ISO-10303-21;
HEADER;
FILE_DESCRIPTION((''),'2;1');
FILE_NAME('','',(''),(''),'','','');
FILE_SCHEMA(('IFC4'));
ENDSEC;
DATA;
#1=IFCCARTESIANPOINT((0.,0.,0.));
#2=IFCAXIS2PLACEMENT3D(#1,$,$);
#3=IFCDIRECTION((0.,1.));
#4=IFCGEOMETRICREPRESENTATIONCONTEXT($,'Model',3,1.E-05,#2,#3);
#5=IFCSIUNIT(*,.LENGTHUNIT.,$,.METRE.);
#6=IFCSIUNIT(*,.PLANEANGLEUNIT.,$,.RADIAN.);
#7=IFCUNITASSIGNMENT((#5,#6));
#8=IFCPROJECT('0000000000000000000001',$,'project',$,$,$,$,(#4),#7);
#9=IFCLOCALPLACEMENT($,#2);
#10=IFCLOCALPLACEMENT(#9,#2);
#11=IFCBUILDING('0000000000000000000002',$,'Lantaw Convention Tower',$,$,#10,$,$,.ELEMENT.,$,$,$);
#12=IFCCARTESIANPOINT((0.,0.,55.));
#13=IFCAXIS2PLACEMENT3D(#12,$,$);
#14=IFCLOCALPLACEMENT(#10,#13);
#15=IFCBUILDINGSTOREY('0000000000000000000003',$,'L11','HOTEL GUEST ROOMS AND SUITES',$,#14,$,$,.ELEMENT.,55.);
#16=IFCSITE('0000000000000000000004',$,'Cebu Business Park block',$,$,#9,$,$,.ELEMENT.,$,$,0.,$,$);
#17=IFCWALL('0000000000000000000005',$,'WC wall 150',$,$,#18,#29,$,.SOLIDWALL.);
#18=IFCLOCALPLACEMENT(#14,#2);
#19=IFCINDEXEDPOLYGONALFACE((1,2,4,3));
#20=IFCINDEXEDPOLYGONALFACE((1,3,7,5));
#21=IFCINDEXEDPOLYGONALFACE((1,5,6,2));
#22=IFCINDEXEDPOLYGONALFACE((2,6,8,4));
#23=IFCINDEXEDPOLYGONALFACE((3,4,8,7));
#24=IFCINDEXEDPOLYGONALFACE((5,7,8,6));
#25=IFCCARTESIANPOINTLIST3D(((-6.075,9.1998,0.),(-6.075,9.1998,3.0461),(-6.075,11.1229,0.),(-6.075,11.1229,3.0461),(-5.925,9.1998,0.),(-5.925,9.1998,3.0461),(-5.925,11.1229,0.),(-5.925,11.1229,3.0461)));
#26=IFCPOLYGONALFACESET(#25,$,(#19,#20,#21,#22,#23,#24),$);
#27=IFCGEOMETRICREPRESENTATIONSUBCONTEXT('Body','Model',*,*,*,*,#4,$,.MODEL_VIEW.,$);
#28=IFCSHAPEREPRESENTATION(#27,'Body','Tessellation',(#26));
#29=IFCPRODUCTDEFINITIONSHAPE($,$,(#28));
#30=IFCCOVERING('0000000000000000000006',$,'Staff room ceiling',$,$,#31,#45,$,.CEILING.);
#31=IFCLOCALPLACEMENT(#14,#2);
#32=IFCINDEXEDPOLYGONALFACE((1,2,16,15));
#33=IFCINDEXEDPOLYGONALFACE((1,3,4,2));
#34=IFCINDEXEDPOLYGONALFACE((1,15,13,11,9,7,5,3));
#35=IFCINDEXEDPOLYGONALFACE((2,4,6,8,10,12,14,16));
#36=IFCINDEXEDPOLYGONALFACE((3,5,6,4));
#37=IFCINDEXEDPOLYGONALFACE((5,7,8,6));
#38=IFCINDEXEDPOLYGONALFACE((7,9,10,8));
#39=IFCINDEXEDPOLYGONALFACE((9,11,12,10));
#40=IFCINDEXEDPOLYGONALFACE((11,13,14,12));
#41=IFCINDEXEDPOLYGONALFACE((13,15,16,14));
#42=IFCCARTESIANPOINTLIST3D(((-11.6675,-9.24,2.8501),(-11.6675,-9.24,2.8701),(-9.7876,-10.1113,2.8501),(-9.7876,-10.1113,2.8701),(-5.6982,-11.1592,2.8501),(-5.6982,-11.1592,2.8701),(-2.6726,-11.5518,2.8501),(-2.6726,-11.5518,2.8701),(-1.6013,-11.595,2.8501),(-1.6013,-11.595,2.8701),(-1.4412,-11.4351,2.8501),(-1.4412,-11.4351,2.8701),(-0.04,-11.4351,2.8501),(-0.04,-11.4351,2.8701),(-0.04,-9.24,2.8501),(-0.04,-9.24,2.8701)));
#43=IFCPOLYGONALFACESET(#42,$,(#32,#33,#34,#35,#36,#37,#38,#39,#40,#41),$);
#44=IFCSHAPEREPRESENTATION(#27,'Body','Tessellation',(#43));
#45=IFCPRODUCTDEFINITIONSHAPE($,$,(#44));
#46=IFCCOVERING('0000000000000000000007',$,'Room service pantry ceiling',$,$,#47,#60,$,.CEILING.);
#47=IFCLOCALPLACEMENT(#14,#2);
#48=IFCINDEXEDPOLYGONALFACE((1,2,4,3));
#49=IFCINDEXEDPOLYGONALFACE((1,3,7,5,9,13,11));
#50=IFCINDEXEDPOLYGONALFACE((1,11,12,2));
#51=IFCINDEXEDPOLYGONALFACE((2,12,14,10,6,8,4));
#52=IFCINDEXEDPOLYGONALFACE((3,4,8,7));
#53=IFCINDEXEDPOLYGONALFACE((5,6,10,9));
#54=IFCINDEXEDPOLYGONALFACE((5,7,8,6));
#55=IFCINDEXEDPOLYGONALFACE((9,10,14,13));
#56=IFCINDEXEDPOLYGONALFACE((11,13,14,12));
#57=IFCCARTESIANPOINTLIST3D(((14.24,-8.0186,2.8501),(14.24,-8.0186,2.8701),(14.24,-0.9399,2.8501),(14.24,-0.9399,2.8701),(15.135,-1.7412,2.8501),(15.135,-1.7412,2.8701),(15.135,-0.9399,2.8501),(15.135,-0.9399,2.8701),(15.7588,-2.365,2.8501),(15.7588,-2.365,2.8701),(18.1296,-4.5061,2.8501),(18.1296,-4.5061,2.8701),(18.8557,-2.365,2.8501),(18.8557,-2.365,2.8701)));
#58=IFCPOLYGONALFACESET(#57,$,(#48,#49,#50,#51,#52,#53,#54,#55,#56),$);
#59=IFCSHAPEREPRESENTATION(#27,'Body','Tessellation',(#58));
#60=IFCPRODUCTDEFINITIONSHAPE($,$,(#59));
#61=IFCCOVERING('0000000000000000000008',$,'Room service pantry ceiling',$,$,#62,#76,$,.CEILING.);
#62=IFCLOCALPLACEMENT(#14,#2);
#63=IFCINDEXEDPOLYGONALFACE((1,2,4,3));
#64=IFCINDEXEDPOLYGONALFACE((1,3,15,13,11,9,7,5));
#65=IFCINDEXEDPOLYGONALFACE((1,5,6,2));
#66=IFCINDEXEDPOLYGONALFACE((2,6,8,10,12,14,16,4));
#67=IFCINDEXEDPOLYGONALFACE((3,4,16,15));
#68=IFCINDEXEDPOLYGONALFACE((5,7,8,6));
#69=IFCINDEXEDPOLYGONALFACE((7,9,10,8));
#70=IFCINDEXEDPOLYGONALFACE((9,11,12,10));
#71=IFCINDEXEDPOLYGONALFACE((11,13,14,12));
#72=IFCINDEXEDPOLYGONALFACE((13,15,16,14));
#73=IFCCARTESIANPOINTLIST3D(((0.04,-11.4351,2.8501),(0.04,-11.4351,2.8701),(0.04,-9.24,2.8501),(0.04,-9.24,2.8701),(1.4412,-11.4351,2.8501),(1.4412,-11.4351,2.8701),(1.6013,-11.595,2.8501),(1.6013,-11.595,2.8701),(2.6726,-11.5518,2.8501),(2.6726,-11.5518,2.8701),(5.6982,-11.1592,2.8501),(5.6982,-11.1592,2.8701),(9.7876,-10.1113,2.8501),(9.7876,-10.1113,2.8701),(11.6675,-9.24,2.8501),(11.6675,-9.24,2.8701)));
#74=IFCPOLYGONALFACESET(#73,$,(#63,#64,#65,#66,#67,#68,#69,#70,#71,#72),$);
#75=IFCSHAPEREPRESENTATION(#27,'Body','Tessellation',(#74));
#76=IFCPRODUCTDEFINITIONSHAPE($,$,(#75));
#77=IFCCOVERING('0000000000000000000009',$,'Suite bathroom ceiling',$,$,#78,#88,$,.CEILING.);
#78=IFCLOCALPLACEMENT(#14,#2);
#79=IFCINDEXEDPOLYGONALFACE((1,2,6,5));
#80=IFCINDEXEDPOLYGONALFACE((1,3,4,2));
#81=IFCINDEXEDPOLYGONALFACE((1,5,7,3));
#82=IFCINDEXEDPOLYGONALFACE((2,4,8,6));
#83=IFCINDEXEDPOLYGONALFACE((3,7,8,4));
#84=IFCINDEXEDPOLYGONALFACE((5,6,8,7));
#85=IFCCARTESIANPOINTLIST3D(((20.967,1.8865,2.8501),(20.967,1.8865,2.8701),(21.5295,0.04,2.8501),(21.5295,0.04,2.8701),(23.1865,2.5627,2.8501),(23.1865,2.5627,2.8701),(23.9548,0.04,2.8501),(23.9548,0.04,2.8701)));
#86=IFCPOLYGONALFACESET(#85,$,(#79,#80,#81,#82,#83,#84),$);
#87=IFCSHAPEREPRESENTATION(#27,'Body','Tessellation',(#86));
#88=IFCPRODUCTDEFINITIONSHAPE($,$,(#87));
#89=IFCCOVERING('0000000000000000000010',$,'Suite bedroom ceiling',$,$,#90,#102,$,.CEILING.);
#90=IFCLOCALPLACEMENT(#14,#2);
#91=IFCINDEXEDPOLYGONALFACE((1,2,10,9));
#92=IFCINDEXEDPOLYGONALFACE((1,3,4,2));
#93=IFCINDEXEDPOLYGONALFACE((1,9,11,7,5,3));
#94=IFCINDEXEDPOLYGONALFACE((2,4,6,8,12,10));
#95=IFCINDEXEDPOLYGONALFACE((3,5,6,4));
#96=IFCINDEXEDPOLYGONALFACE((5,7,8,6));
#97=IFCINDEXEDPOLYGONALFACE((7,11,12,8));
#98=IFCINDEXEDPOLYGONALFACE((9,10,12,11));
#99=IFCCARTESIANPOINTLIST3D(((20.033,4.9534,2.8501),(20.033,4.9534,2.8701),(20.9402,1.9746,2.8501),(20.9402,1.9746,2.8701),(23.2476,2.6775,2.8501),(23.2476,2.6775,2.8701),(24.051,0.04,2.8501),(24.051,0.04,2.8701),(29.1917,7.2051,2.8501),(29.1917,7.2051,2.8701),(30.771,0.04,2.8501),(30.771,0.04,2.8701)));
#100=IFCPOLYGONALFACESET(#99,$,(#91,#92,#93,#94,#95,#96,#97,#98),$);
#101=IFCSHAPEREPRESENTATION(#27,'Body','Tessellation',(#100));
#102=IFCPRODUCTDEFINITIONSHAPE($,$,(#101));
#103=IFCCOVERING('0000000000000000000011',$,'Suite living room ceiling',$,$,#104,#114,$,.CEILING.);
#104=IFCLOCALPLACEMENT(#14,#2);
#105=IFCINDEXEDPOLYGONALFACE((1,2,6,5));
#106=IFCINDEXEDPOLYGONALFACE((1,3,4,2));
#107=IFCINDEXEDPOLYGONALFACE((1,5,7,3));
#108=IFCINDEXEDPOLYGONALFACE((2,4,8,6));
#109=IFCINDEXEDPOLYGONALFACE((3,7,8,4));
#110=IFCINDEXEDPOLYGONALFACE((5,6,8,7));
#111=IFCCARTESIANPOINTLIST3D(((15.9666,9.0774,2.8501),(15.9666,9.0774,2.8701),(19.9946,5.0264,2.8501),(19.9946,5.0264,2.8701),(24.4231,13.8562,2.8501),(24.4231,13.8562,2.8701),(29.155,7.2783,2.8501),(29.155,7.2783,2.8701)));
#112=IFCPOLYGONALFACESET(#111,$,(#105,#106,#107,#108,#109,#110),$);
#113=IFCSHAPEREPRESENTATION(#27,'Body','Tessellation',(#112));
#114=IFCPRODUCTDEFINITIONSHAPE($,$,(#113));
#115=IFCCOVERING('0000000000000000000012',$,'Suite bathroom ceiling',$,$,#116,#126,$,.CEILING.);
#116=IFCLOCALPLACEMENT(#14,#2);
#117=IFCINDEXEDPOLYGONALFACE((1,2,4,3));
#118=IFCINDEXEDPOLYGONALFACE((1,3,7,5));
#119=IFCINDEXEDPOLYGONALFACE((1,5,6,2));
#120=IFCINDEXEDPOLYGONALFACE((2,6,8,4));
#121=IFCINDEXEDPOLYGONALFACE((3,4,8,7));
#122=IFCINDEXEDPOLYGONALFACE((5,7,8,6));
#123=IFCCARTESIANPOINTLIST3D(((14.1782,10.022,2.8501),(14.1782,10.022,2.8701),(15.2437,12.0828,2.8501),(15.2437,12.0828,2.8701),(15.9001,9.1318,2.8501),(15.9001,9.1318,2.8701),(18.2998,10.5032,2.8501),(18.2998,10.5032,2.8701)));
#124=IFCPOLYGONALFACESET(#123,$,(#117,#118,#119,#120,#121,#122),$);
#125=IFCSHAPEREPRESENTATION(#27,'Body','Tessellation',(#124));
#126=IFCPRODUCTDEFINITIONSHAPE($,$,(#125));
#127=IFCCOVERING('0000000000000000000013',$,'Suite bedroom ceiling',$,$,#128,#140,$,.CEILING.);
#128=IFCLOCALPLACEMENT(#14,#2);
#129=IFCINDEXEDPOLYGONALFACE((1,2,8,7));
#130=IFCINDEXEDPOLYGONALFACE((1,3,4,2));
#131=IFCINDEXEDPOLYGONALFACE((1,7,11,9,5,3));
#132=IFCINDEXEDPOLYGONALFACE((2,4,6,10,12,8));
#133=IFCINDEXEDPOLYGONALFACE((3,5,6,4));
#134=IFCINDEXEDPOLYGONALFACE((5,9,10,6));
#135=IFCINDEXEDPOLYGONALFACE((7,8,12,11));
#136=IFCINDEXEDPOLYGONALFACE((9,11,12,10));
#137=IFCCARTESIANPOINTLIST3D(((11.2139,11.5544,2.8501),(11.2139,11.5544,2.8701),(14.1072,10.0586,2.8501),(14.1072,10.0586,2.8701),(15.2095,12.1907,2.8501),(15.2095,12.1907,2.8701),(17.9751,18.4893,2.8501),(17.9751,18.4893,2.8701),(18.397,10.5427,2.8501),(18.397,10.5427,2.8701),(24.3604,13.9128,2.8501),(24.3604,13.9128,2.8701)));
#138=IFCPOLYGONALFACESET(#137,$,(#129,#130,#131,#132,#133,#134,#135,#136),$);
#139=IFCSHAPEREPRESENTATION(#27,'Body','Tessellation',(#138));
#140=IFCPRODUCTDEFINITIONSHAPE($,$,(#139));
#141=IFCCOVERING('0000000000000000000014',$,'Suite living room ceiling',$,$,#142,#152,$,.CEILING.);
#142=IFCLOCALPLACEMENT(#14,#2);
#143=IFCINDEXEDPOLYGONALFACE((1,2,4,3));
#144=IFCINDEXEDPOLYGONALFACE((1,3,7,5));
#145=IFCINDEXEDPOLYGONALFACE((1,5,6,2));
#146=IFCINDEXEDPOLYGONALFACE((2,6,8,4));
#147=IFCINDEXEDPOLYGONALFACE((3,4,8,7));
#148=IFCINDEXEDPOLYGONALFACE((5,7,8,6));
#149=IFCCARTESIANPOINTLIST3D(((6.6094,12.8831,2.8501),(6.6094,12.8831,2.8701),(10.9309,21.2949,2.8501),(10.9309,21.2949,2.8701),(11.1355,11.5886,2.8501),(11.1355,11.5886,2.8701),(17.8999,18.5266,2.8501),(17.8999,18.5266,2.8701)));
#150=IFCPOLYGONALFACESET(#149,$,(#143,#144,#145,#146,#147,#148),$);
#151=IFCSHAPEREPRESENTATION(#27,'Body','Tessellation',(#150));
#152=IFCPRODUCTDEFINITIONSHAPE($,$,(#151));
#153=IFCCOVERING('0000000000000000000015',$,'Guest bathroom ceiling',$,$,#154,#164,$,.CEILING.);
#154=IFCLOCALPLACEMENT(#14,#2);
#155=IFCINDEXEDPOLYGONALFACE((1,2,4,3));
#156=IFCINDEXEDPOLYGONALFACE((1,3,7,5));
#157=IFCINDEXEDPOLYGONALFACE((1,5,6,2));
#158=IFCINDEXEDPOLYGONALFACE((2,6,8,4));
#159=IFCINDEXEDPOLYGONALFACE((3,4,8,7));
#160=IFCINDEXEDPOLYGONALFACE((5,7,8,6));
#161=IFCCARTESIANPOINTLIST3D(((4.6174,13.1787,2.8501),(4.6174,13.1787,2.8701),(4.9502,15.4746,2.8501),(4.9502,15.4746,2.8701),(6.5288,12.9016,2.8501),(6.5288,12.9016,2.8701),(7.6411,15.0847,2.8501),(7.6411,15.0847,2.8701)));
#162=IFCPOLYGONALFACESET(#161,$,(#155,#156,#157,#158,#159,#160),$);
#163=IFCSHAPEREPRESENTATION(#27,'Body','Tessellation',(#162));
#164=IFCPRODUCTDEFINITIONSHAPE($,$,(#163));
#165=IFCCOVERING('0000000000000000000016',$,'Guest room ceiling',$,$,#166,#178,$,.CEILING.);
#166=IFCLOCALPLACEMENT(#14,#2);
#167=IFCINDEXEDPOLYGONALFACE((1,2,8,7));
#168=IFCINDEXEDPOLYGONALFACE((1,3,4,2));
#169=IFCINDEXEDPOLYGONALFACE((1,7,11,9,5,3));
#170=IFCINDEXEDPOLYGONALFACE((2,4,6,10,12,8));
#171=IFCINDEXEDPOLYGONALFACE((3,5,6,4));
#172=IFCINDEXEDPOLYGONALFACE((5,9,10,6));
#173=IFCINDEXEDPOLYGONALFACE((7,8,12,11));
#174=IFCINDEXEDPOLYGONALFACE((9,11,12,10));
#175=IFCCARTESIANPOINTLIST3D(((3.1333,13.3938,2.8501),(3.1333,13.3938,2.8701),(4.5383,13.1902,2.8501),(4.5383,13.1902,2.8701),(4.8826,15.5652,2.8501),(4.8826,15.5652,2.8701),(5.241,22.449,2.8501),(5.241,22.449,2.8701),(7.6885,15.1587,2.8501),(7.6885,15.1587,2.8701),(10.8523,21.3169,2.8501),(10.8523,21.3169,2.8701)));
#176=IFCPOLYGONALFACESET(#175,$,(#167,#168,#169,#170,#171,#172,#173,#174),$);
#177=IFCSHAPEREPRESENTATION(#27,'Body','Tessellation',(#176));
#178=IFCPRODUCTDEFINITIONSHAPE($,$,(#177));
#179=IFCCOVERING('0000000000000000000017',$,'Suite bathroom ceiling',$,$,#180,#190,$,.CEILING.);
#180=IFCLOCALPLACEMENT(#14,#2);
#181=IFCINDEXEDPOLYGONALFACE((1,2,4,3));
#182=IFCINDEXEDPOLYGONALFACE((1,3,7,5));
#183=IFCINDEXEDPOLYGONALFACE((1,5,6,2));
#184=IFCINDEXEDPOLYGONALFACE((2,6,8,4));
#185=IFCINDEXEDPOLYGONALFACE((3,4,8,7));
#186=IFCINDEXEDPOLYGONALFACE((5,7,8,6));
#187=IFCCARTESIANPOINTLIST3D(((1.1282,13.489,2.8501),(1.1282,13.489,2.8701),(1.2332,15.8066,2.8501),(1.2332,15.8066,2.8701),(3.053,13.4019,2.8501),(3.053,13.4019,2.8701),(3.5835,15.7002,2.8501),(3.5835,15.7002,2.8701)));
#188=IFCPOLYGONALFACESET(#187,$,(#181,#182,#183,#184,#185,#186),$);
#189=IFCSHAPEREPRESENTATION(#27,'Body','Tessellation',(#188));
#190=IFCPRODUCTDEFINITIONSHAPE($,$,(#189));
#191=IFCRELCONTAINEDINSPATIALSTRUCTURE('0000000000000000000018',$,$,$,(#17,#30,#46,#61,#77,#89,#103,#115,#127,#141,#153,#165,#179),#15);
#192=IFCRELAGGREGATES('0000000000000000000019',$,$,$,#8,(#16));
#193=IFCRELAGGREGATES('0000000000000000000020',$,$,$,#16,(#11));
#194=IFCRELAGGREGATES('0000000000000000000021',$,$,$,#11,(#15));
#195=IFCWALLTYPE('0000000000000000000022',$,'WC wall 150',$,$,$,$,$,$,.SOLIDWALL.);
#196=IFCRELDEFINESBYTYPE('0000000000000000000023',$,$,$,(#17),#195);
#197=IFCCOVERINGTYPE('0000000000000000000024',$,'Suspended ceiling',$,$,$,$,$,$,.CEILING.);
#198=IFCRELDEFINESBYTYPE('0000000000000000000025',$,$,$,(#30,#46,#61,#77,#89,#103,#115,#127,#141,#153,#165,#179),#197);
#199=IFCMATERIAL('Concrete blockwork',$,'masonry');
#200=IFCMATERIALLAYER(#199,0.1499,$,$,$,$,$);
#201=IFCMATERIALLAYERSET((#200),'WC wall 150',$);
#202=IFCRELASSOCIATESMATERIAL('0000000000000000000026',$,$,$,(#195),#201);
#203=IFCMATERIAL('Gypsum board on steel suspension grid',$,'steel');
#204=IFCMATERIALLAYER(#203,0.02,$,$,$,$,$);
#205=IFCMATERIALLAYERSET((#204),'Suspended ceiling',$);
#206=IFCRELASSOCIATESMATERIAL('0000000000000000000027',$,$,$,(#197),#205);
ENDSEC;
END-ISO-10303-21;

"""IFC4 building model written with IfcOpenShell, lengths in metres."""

from ifc_helpers import new_model, si_unit, direction, frame, frame_2d, origin, place, context, subcontext, project, spatial, polyline, rectangle, outline, extrude, material, layer, layer_set, type_object, element, save


model = new_model("IFC4")

# Units and contexts
model_context = context("Model", 3, precision=1e-05, world=origin(), true_north=direction((0.0, 1.0)))
body_context = subcontext(model_context, "Body", "Model", "MODEL_VIEW")
ifc_project = project(units=[si_unit("LENGTHUNIT", "METRE"), si_unit("PLANEANGLEUNIT", "RADIAN")], contexts=[model_context])

# Site, building, storey
site_placement = place(None, origin())
site = spatial("IfcSite", under=ifc_project, at=site_placement, Name="Cebu Business Park block", CompositionType="ELEMENT", RefElevation=0.0)
building_placement = place(site_placement, origin())
building = spatial("IfcBuilding", under=site, at=building_placement, Name="Lantaw Convention Tower", CompositionType="ELEMENT")
storey_placement = place(building_placement, frame((0.0, 0.0, 55.0)))
storey = spatial("IfcBuildingStorey", under=building, at=storey_placement, Name="L11", Description="HOTEL GUEST ROOMS AND SUITES", CompositionType="ELEMENT", Elevation=55.0)

# Wall
ifc_material_1 = material(Name="Concrete blockwork", Category="masonry")
ifc_layer_1 = layer(ifc_material_1, 0.1499)
ifc_layer_set_1 = layer_set([ifc_layer_1], Name="WC wall 150")
wall_type_1 = type_object("IfcWallType", Name="WC wall 150", PredefinedType="SOLIDWALL", material=ifc_layer_set_1)
wall_1_placement = place(storey_placement, frame((-6.0, 9.2, 0.0), z_axis=(0.0, 0.0, 1.0), x_axis=(0.0, 1.0, 0.0)))
element("IfcWall", 1, at=wall_1_placement, inside=storey, type_object=wall_type_1, Name="WC wall 150", PredefinedType="SOLIDWALL", context=body_context, shape_type="SweptSolid", body=[
    extrude(rectangle(XDim=1.9231, YDim=0.1499, at=frame_2d((0.9614, 0.0))), origin(), (0.0, 0.0, 1.0), 3.0461),
])

# Coverings
ifc_material_2 = material(Name="Gypsum board on steel suspension grid", Category="steel")
ifc_layer_2 = layer(ifc_material_2, 0.02)
ifc_layer_set_2 = layer_set([ifc_layer_2], Name="Suspended ceiling")
covering_type = type_object("IfcCoveringType", Name="Suspended ceiling", PredefinedType="CEILING", material=ifc_layer_set_2)
covering_1_placement = place(storey_placement, frame((0.0, 0.0, 2.8501)))
element("IfcCovering", 2, at=covering_1_placement, inside=storey, type_object=covering_type, Name="Staff room ceiling", PredefinedType="CEILING", context=body_context, shape_type="SweptSolid", body=[
    extrude(outline(polyline([(-5.6982, -11.1592), (-2.6726, -11.5518), (-1.6013, -11.595), (-1.4412, -11.4351), (-0.04, -11.4351), (-0.04, -9.24), (-11.6675, -9.24), (-9.7876, -10.1113), (-5.6982, -11.1592)])), origin(), (0.0, 0.0, 1.0), 0.02),
])
covering_2_placement = place(storey_placement, frame((0.0, 0.0, 2.8501)))
element("IfcCovering", 3, at=covering_2_placement, inside=storey, type_object=covering_type, Name="Room service pantry ceiling", PredefinedType="CEILING", context=body_context, shape_type="SweptSolid", body=[
    extrude(outline(polyline([(14.24, -0.9399), (14.24, -8.0186), (18.1296, -4.5061), (18.8557, -2.365), (15.7588, -2.365), (15.135, -1.7412), (15.135, -0.9399), (14.24, -0.9399)])), origin(), (0.0, 0.0, 1.0), 0.02),
])
covering_3_placement = place(storey_placement, frame((0.0, 0.0, 2.8501)))
element("IfcCovering", 4, at=covering_3_placement, inside=storey, type_object=covering_type, Name="Room service pantry ceiling", PredefinedType="CEILING", context=body_context, shape_type="SweptSolid", body=[
    extrude(outline(polyline([(1.6013, -11.595), (2.6726, -11.5518), (5.6982, -11.1592), (9.7876, -10.1113), (11.6675, -9.24), (0.04, -9.24), (0.04, -11.4351), (1.4412, -11.4351), (1.6013, -11.595)])), origin(), (0.0, 0.0, 1.0), 0.02),
])
covering_4_placement = place(storey_placement, frame((0.0, 0.0, 2.8501)))
element("IfcCovering", 5, at=covering_4_placement, inside=storey, type_object=covering_type, Name="Suite bathroom ceiling", PredefinedType="CEILING", context=body_context, shape_type="SweptSolid", body=[
    extrude(outline(polyline([(21.5295, 0.04), (23.9548, 0.04), (23.1865, 2.5627), (20.967, 1.8865), (21.5295, 0.04)])), origin(), (0.0, 0.0, 1.0), 0.02),
])
covering_5_placement = place(storey_placement, frame((0.0, 0.0, 2.8501)))
element("IfcCovering", 6, at=covering_5_placement, inside=storey, type_object=covering_type, Name="Suite bedroom ceiling", PredefinedType="CEILING", context=body_context, shape_type="SweptSolid", body=[
    extrude(outline(polyline([(29.1917, 7.2051), (20.033, 4.9534), (20.9402, 1.9746), (23.2476, 2.6775), (24.051, 0.04), (30.771, 0.04), (29.1917, 7.2051)])), origin(), (0.0, 0.0, 1.0), 0.02),
])
covering_6_placement = place(storey_placement, frame((0.0, 0.0, 2.8501)))
element("IfcCovering", 7, at=covering_6_placement, inside=storey, type_object=covering_type, Name="Suite living room ceiling", PredefinedType="CEILING", context=body_context, shape_type="SweptSolid", body=[
    extrude(outline(polyline([(19.9946, 5.0264), (29.155, 7.2783), (24.4231, 13.8562), (15.9666, 9.0774), (19.9946, 5.0264)])), origin(), (0.0, 0.0, 1.0), 0.02),
])
covering_7_placement = place(storey_placement, frame((0.0, 0.0, 2.8501)))
element("IfcCovering", 8, at=covering_7_placement, inside=storey, type_object=covering_type, Name="Suite bathroom ceiling", PredefinedType="CEILING", context=body_context, shape_type="SweptSolid", body=[
    extrude(outline(polyline([(15.9001, 9.1318), (18.2998, 10.5032), (15.2437, 12.0828), (14.1782, 10.022), (15.9001, 9.1318)])), origin(), (0.0, 0.0, 1.0), 0.02),
])
covering_8_placement = place(storey_placement, frame((0.0, 0.0, 2.8501)))
element("IfcCovering", 9, at=covering_8_placement, inside=storey, type_object=covering_type, Name="Suite bedroom ceiling", PredefinedType="CEILING", context=body_context, shape_type="SweptSolid", body=[
    extrude(outline(polyline([(11.2139, 11.5544), (14.1072, 10.0586), (15.2095, 12.1907), (18.397, 10.5427), (24.3604, 13.9128), (17.9751, 18.4893), (11.2139, 11.5544)])), origin(), (0.0, 0.0, 1.0), 0.02),
])
covering_9_placement = place(storey_placement, frame((0.0, 0.0, 2.8501)))
element("IfcCovering", 10, at=covering_9_placement, inside=storey, type_object=covering_type, Name="Suite living room ceiling", PredefinedType="CEILING", context=body_context, shape_type="SweptSolid", body=[
    extrude(outline(polyline([(11.1355, 11.5886), (17.8999, 18.5266), (10.9309, 21.2949), (6.6094, 12.8831), (11.1355, 11.5886)])), origin(), (0.0, 0.0, 1.0), 0.02),
])
covering_10_placement = place(storey_placement, frame((0.0, 0.0, 2.8501)))
element("IfcCovering", 11, at=covering_10_placement, inside=storey, type_object=covering_type, Name="Guest bathroom ceiling", PredefinedType="CEILING", context=body_context, shape_type="SweptSolid", body=[
    extrude(outline(polyline([(6.5288, 12.9016), (7.6411, 15.0847), (4.9502, 15.4746), (4.6174, 13.1787), (6.5288, 12.9016)])), origin(), (0.0, 0.0, 1.0), 0.02),
])
covering_11_placement = place(storey_placement, frame((0.0, 0.0, 2.8501)))
element("IfcCovering", 12, at=covering_11_placement, inside=storey, type_object=covering_type, Name="Guest room ceiling", PredefinedType="CEILING", context=body_context, shape_type="SweptSolid", body=[
    extrude(outline(polyline([(3.1333, 13.3938), (4.5383, 13.1902), (4.8826, 15.5652), (7.6885, 15.1587), (10.8523, 21.3169), (5.241, 22.449), (3.1333, 13.3938)])), origin(), (0.0, 0.0, 1.0), 0.02),
])
covering_12_placement = place(storey_placement, frame((0.0, 0.0, 2.8501)))
element("IfcCovering", 13, at=covering_12_placement, inside=storey, type_object=covering_type, Name="Suite bathroom ceiling", PredefinedType="CEILING", context=body_context, shape_type="SweptSolid", body=[
    extrude(outline(polyline([(3.053, 13.4019), (3.5835, 15.7002), (1.2332, 15.8066), (1.1282, 13.489), (3.053, 13.4019)])), origin(), (0.0, 0.0, 1.0), 0.02),
])

save(model, "model.ifc")
